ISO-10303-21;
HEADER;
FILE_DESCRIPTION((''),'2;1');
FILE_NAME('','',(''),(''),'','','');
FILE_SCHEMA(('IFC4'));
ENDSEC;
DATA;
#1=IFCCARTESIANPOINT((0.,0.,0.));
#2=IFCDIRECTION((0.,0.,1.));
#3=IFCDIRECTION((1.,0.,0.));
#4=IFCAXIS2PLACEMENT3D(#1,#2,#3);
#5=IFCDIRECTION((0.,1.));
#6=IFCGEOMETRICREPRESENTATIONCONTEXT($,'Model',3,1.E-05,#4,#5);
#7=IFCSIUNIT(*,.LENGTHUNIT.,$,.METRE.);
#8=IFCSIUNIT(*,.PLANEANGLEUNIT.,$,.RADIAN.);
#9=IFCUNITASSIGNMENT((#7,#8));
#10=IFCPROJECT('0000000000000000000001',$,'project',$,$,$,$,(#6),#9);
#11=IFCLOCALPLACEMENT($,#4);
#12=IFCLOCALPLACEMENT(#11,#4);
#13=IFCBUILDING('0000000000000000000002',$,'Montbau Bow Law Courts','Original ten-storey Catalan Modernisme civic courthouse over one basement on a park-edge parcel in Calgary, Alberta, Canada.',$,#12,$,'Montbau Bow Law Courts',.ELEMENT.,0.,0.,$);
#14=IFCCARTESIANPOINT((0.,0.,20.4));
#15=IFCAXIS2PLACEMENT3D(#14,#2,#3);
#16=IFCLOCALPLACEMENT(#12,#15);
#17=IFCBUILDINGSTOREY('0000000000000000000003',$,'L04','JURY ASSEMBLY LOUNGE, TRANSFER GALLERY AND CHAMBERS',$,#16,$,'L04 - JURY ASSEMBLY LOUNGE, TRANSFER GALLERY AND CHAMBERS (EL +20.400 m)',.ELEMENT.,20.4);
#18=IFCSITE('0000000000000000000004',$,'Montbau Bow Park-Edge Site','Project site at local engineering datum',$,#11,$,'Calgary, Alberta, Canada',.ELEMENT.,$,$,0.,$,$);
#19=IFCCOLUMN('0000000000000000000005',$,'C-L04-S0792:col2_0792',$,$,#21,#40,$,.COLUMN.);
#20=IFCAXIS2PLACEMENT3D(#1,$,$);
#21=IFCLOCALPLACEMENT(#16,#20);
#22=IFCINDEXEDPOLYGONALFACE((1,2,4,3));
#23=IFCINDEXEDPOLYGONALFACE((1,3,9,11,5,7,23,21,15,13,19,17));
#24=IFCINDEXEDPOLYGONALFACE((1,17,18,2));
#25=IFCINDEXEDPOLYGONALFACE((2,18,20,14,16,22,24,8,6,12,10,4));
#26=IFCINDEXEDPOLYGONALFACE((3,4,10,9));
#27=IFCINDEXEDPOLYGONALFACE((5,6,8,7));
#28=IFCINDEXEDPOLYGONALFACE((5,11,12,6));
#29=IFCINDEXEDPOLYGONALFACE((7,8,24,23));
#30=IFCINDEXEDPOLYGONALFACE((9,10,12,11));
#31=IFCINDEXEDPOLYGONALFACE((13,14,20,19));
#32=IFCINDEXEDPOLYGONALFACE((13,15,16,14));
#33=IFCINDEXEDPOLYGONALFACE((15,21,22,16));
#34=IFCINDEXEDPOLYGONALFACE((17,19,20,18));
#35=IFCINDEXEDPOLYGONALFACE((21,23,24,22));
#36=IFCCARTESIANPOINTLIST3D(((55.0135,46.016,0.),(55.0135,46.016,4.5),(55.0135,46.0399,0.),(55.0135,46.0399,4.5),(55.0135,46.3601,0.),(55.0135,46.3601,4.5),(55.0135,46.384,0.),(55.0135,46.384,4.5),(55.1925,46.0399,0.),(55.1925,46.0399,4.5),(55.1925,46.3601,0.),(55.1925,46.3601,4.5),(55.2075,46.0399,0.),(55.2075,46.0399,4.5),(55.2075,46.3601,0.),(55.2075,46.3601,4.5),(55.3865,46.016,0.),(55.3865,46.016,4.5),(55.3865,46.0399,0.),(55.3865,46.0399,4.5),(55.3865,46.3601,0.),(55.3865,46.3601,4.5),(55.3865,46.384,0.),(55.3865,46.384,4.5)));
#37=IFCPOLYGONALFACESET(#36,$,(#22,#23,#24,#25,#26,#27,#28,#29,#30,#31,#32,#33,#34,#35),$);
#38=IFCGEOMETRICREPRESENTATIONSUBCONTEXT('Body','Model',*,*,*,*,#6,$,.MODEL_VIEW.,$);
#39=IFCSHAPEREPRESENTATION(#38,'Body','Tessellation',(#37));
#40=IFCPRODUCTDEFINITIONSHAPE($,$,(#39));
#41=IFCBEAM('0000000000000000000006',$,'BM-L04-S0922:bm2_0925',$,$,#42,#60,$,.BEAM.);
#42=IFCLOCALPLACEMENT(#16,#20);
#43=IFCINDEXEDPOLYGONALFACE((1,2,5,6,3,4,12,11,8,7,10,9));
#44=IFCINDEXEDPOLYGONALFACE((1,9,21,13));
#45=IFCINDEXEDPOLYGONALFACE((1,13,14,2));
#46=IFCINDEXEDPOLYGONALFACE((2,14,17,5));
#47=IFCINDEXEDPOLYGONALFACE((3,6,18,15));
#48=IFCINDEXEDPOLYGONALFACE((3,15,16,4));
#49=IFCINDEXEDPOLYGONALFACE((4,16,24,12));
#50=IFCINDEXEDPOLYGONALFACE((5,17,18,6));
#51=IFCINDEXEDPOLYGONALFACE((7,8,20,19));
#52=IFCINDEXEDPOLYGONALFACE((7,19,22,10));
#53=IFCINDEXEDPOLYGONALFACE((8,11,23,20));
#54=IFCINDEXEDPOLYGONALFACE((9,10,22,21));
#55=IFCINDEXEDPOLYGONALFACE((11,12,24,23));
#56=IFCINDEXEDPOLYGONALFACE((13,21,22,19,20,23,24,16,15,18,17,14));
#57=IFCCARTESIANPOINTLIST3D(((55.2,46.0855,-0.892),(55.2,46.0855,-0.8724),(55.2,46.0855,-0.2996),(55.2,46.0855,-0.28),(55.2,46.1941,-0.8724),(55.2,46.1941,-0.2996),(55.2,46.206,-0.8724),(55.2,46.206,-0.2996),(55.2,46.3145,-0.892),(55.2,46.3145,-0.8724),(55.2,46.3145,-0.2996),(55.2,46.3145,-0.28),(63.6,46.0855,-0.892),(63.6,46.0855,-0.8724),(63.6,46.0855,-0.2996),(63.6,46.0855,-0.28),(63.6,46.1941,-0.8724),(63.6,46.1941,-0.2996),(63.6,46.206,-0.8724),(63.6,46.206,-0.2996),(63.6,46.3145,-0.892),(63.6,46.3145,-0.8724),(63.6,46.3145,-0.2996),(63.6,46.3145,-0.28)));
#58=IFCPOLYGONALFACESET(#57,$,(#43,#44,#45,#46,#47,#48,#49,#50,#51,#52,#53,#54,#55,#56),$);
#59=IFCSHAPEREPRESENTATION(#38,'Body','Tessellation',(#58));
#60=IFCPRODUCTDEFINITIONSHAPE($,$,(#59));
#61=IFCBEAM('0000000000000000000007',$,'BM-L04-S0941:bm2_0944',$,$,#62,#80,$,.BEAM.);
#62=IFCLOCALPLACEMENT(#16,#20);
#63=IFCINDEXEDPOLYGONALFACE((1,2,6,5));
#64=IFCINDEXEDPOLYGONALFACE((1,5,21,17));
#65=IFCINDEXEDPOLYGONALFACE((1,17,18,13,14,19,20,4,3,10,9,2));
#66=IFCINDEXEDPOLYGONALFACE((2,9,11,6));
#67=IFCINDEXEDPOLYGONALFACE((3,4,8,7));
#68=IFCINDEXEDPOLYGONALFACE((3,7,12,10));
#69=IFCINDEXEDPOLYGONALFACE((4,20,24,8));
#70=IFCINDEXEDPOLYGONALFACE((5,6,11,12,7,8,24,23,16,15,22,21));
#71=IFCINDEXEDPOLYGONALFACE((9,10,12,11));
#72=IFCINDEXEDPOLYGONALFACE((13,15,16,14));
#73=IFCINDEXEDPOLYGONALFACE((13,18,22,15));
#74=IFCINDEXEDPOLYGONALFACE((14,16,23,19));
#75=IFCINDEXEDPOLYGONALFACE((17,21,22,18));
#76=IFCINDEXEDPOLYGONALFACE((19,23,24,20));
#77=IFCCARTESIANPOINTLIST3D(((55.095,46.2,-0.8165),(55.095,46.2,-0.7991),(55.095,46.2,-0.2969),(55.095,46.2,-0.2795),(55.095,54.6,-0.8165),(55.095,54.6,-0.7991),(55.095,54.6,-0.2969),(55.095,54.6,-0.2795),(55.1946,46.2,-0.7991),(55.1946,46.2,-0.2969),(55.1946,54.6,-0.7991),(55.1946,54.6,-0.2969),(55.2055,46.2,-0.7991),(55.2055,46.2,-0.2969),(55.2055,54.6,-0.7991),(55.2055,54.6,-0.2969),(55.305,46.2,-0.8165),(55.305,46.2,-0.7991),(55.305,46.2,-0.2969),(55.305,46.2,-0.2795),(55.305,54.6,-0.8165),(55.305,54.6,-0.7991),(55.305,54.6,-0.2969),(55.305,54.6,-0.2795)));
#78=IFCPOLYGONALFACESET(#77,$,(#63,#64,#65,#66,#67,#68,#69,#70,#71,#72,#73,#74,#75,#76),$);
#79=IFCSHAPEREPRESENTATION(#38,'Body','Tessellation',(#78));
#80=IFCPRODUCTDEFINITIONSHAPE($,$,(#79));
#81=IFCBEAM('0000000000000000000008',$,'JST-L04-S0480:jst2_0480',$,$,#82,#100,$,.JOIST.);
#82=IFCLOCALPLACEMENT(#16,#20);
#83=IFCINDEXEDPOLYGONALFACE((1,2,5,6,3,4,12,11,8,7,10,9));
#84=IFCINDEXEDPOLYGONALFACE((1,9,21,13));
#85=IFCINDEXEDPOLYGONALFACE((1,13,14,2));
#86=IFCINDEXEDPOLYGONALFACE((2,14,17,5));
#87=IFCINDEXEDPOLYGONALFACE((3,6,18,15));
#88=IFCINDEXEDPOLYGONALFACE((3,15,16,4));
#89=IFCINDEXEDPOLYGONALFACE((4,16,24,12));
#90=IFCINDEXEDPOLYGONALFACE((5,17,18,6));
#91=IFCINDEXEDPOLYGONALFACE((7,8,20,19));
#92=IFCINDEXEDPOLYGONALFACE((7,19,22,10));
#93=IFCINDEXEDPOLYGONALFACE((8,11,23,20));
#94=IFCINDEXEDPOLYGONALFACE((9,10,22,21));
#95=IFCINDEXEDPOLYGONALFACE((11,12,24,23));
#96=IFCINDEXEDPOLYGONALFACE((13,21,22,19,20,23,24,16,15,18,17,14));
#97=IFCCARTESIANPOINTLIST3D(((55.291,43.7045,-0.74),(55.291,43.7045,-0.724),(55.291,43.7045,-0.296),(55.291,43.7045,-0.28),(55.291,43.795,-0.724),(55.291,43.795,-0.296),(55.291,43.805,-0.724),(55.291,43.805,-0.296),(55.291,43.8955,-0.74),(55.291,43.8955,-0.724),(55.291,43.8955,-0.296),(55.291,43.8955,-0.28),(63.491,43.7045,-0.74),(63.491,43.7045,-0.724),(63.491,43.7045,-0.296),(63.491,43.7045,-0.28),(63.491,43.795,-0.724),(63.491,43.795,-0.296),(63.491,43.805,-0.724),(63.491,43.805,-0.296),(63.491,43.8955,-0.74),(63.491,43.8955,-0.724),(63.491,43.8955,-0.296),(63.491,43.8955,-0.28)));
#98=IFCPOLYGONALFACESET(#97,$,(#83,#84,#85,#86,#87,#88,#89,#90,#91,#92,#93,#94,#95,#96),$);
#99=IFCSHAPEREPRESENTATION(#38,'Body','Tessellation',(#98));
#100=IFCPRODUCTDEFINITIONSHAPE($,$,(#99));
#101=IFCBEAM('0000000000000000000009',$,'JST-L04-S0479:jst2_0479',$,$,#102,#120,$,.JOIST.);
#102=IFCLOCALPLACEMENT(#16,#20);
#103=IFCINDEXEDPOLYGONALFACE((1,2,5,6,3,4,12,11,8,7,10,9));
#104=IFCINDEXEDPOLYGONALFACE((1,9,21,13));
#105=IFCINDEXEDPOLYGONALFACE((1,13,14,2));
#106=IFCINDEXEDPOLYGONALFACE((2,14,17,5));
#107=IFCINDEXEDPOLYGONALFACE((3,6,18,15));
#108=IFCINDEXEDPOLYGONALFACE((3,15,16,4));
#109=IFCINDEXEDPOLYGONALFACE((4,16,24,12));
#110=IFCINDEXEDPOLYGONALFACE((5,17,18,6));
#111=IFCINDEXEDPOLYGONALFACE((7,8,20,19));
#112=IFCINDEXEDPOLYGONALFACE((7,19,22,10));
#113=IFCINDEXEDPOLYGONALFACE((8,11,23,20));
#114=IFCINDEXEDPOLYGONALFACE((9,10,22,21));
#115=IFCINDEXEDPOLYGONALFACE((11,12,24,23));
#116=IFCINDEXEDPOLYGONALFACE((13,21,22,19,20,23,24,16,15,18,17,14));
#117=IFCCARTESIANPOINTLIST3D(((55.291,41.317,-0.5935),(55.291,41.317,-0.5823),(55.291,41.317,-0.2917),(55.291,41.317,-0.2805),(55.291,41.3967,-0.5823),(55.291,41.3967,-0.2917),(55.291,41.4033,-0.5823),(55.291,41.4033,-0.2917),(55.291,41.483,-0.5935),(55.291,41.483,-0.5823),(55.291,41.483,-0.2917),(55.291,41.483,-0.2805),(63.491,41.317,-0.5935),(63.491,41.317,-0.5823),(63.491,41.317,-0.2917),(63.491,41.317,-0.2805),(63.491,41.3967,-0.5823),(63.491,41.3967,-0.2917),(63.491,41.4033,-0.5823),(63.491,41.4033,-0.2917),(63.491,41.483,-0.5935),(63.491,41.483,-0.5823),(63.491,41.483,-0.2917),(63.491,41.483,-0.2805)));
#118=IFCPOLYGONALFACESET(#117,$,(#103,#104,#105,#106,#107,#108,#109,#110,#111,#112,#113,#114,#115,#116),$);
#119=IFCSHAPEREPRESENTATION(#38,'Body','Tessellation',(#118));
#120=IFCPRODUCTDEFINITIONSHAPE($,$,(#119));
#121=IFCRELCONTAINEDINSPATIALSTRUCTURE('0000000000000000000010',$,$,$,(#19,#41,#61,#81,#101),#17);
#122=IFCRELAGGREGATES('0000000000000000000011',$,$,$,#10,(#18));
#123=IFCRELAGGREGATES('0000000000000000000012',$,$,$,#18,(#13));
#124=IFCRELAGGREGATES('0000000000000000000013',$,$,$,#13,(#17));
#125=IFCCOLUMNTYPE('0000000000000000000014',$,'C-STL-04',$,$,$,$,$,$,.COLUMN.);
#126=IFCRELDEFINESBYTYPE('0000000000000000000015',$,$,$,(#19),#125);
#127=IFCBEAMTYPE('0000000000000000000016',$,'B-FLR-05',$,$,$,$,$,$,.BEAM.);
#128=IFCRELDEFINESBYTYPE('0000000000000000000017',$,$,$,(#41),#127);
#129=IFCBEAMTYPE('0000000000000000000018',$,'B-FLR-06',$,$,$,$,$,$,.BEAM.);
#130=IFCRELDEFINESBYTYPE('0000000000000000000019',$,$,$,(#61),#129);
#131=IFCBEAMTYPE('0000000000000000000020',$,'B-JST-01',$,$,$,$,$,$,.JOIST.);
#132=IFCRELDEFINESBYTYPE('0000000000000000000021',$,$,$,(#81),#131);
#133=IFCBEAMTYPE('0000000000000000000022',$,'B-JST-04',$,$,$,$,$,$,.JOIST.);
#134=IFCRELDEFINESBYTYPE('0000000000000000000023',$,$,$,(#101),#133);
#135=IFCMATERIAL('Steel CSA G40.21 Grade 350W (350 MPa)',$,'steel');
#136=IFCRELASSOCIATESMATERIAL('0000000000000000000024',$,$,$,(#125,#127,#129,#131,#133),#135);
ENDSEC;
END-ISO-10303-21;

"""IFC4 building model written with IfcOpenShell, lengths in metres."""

from ifc_helpers import new_model, si_unit, direction, frame, origin_with_axes, origin_2d_with_axis, place, context, subcontext, project, spatial, i_section, extrude, material, material_profile, profile_set, type_object, element, save


model = new_model("IFC4")

# Units and contexts
model_context = context("Model", 3, precision=1e-05, world=origin_with_axes(), true_north=direction((0.0, 1.0)))
body_context = subcontext(model_context, "Body", "Model", "MODEL_VIEW")
ifc_project = project(units=[si_unit("LENGTHUNIT", "METRE"), si_unit("PLANEANGLEUNIT", "RADIAN")], contexts=[model_context])

# Site, building, storey
site_placement = place(None, origin_with_axes())
site = spatial("IfcSite", under=ifc_project, at=site_placement, Name="Montbau Bow Park-Edge Site", Description="Project site at local engineering datum", LongName="Calgary, Alberta, Canada", CompositionType="ELEMENT", RefElevation=0.0)
building_placement = place(site_placement, origin_with_axes())
building = spatial("IfcBuilding", under=site, at=building_placement, Name="Montbau Bow Law Courts", Description="Original ten-storey Catalan Modernisme civic courthouse over one basement on a park-edge parcel in Calgary, Alberta, Canada.", LongName="Montbau Bow Law Courts", CompositionType="ELEMENT", ElevationOfRefHeight=0.0, ElevationOfTerrain=0.0)
storey_placement = place(building_placement, frame((0.0, 0.0, 20.4), z_axis=(0.0, 0.0, 1.0), x_axis=(1.0, 0.0, 0.0)))
storey = spatial("IfcBuildingStorey", under=building, at=storey_placement, Name="L04", Description="JURY ASSEMBLY LOUNGE, TRANSFER GALLERY AND CHAMBERS", LongName="L04 - JURY ASSEMBLY LOUNGE, TRANSFER GALLERY AND CHAMBERS (EL +20.400 m)", CompositionType="ELEMENT", Elevation=20.4)

# Column
ifc_material_1 = material(Name="Steel CSA G40.21 Grade 350W (350 MPa)", Category="steel")
ifc_material_profile_1 = material_profile(ifc_material_1, i_section(OverallWidth=0.373, OverallDepth=0.368, WebThickness=0.015, FlangeThickness=0.0239, at=origin_2d_with_axis()), Name="W360X179", Category="Main", Priority=0)
ifc_profile_set_1 = profile_set([ifc_material_profile_1], Name="Steel CSA G40.21 Grade 350W (350 MPa)")
column_type = type_object("IfcColumnType", Name="C-STL-04", PredefinedType="COLUMN", material=ifc_profile_set_1)
column_placement = place(None, frame((55.2, 46.2, 20.4), z_axis=(0.0, 0.0, 1.0), x_axis=(1.0, 0.0, 0.0)))
element("IfcColumn", 1, at=column_placement, inside=storey, type_object=column_type, Name="C-L04-S0792:col2_0792", PredefinedType="COLUMN", context=body_context, shape_type="SweptSolid", body=[
    extrude(i_section(OverallWidth=0.373, OverallDepth=0.368, WebThickness=0.015, FlangeThickness=0.0239, at=origin_2d_with_axis()), origin_with_axes(), (0.0, 0.0, 1.0), 4.5),
])

# Beams
ifc_material_profile_2 = material_profile(ifc_material_1, i_section(OverallWidth=0.229, OverallDepth=0.612, WebThickness=0.0119, FlangeThickness=0.0196, at=origin_2d_with_axis()), Name="W610X125", Category="Main", Priority=0)
ifc_profile_set_2 = profile_set([ifc_material_profile_2], Name="Steel CSA G40.21 Grade 350W (350 MPa)")
beam_type_1 = type_object("IfcBeamType", Name="B-FLR-05", PredefinedType="BEAM", material=ifc_profile_set_2)
beam_1_placement = place(None, frame((55.2, 46.2, 19.814), z_axis=(1.0, 0.0, 0.0), x_axis=(0.0, 1.0, 0.0)))
element("IfcBeam", 2, at=beam_1_placement, inside=storey, type_object=beam_type_1, Name="BM-L04-S0922:bm2_0925", PredefinedType="BEAM", context=body_context, shape_type="SweptSolid", body=[
    extrude(i_section(OverallWidth=0.229, OverallDepth=0.612, WebThickness=0.0119, FlangeThickness=0.0196, at=origin_2d_with_axis()), origin_with_axes(), (0.0, 0.0, 1.0), 8.4),
])
ifc_material_profile_3 = material_profile(ifc_material_1, i_section(OverallWidth=0.21, OverallDepth=0.537, WebThickness=0.0109, FlangeThickness=0.0174, at=origin_2d_with_axis()), Name="W530X101", Category="Main", Priority=0)
ifc_profile_set_3 = profile_set([ifc_material_profile_3], Name="Steel CSA G40.21 Grade 350W (350 MPa)")
beam_type_2 = type_object("IfcBeamType", Name="B-FLR-06", PredefinedType="BEAM", material=ifc_profile_set_3)
beam_2_placement = place(None, frame((55.2, 46.2, 19.852), z_axis=(0.0, 1.0, 0.0), x_axis=(-1.0, 0.0, 0.0)))
element("IfcBeam", 3, at=beam_2_placement, inside=storey, type_object=beam_type_2, Name="BM-L04-S0941:bm2_0944", PredefinedType="BEAM", context=body_context, shape_type="SweptSolid", body=[
    extrude(i_section(OverallWidth=0.21, OverallDepth=0.537, WebThickness=0.0109, FlangeThickness=0.0174, at=origin_2d_with_axis()), origin_with_axes(), (0.0, 0.0, 1.0), 8.4),
])
ifc_material_profile_4 = material_profile(ifc_material_1, i_section(OverallWidth=0.191, OverallDepth=0.46, WebThickness=0.0099, FlangeThickness=0.016, at=origin_2d_with_axis()), Name="W460X82", Category="Main", Priority=0)
ifc_profile_set_4 = profile_set([ifc_material_profile_4], Name="Steel CSA G40.21 Grade 350W (350 MPa)")
beam_type_3 = type_object("IfcBeamType", Name="B-JST-01", PredefinedType="JOIST", material=ifc_profile_set_4)
beam_3_placement = place(None, frame((55.291, 43.8, 19.89), z_axis=(1.0, 0.0, 0.0), x_axis=(0.0, 1.0, 0.0)))
element("IfcBeam", 4, at=beam_3_placement, inside=storey, type_object=beam_type_3, Name="JST-L04-S0480:jst2_0480", PredefinedType="JOIST", context=body_context, shape_type="SweptSolid", body=[
    extrude(i_section(OverallWidth=0.191, OverallDepth=0.46, WebThickness=0.0099, FlangeThickness=0.016, at=origin_2d_with_axis()), origin_with_axes(), (0.0, 0.0, 1.0), 8.2),
])
ifc_material_profile_5 = material_profile(ifc_material_1, i_section(OverallWidth=0.166, OverallDepth=0.313, WebThickness=0.0066, FlangeThickness=0.0112, at=origin_2d_with_axis()), Name="W310X45", Category="Main", Priority=0)
ifc_profile_set_5 = profile_set([ifc_material_profile_5], Name="Steel CSA G40.21 Grade 350W (350 MPa)")
beam_type_4 = type_object("IfcBeamType", Name="B-JST-04", PredefinedType="JOIST", material=ifc_profile_set_5)
beam_4_placement = place(None, frame((55.291, 41.4, 19.963), z_axis=(1.0, 0.0, 0.0), x_axis=(0.0, 1.0, 0.0)))
element("IfcBeam", 5, at=beam_4_placement, inside=storey, type_object=beam_type_4, Name="JST-L04-S0479:jst2_0479", PredefinedType="JOIST", context=body_context, shape_type="SweptSolid", body=[
    extrude(i_section(OverallWidth=0.166, OverallDepth=0.313, WebThickness=0.0066, FlangeThickness=0.0112, at=origin_2d_with_axis()), origin_with_axes(), (0.0, 0.0, 1.0), 8.2),
])

save(model, "model.ifc")
